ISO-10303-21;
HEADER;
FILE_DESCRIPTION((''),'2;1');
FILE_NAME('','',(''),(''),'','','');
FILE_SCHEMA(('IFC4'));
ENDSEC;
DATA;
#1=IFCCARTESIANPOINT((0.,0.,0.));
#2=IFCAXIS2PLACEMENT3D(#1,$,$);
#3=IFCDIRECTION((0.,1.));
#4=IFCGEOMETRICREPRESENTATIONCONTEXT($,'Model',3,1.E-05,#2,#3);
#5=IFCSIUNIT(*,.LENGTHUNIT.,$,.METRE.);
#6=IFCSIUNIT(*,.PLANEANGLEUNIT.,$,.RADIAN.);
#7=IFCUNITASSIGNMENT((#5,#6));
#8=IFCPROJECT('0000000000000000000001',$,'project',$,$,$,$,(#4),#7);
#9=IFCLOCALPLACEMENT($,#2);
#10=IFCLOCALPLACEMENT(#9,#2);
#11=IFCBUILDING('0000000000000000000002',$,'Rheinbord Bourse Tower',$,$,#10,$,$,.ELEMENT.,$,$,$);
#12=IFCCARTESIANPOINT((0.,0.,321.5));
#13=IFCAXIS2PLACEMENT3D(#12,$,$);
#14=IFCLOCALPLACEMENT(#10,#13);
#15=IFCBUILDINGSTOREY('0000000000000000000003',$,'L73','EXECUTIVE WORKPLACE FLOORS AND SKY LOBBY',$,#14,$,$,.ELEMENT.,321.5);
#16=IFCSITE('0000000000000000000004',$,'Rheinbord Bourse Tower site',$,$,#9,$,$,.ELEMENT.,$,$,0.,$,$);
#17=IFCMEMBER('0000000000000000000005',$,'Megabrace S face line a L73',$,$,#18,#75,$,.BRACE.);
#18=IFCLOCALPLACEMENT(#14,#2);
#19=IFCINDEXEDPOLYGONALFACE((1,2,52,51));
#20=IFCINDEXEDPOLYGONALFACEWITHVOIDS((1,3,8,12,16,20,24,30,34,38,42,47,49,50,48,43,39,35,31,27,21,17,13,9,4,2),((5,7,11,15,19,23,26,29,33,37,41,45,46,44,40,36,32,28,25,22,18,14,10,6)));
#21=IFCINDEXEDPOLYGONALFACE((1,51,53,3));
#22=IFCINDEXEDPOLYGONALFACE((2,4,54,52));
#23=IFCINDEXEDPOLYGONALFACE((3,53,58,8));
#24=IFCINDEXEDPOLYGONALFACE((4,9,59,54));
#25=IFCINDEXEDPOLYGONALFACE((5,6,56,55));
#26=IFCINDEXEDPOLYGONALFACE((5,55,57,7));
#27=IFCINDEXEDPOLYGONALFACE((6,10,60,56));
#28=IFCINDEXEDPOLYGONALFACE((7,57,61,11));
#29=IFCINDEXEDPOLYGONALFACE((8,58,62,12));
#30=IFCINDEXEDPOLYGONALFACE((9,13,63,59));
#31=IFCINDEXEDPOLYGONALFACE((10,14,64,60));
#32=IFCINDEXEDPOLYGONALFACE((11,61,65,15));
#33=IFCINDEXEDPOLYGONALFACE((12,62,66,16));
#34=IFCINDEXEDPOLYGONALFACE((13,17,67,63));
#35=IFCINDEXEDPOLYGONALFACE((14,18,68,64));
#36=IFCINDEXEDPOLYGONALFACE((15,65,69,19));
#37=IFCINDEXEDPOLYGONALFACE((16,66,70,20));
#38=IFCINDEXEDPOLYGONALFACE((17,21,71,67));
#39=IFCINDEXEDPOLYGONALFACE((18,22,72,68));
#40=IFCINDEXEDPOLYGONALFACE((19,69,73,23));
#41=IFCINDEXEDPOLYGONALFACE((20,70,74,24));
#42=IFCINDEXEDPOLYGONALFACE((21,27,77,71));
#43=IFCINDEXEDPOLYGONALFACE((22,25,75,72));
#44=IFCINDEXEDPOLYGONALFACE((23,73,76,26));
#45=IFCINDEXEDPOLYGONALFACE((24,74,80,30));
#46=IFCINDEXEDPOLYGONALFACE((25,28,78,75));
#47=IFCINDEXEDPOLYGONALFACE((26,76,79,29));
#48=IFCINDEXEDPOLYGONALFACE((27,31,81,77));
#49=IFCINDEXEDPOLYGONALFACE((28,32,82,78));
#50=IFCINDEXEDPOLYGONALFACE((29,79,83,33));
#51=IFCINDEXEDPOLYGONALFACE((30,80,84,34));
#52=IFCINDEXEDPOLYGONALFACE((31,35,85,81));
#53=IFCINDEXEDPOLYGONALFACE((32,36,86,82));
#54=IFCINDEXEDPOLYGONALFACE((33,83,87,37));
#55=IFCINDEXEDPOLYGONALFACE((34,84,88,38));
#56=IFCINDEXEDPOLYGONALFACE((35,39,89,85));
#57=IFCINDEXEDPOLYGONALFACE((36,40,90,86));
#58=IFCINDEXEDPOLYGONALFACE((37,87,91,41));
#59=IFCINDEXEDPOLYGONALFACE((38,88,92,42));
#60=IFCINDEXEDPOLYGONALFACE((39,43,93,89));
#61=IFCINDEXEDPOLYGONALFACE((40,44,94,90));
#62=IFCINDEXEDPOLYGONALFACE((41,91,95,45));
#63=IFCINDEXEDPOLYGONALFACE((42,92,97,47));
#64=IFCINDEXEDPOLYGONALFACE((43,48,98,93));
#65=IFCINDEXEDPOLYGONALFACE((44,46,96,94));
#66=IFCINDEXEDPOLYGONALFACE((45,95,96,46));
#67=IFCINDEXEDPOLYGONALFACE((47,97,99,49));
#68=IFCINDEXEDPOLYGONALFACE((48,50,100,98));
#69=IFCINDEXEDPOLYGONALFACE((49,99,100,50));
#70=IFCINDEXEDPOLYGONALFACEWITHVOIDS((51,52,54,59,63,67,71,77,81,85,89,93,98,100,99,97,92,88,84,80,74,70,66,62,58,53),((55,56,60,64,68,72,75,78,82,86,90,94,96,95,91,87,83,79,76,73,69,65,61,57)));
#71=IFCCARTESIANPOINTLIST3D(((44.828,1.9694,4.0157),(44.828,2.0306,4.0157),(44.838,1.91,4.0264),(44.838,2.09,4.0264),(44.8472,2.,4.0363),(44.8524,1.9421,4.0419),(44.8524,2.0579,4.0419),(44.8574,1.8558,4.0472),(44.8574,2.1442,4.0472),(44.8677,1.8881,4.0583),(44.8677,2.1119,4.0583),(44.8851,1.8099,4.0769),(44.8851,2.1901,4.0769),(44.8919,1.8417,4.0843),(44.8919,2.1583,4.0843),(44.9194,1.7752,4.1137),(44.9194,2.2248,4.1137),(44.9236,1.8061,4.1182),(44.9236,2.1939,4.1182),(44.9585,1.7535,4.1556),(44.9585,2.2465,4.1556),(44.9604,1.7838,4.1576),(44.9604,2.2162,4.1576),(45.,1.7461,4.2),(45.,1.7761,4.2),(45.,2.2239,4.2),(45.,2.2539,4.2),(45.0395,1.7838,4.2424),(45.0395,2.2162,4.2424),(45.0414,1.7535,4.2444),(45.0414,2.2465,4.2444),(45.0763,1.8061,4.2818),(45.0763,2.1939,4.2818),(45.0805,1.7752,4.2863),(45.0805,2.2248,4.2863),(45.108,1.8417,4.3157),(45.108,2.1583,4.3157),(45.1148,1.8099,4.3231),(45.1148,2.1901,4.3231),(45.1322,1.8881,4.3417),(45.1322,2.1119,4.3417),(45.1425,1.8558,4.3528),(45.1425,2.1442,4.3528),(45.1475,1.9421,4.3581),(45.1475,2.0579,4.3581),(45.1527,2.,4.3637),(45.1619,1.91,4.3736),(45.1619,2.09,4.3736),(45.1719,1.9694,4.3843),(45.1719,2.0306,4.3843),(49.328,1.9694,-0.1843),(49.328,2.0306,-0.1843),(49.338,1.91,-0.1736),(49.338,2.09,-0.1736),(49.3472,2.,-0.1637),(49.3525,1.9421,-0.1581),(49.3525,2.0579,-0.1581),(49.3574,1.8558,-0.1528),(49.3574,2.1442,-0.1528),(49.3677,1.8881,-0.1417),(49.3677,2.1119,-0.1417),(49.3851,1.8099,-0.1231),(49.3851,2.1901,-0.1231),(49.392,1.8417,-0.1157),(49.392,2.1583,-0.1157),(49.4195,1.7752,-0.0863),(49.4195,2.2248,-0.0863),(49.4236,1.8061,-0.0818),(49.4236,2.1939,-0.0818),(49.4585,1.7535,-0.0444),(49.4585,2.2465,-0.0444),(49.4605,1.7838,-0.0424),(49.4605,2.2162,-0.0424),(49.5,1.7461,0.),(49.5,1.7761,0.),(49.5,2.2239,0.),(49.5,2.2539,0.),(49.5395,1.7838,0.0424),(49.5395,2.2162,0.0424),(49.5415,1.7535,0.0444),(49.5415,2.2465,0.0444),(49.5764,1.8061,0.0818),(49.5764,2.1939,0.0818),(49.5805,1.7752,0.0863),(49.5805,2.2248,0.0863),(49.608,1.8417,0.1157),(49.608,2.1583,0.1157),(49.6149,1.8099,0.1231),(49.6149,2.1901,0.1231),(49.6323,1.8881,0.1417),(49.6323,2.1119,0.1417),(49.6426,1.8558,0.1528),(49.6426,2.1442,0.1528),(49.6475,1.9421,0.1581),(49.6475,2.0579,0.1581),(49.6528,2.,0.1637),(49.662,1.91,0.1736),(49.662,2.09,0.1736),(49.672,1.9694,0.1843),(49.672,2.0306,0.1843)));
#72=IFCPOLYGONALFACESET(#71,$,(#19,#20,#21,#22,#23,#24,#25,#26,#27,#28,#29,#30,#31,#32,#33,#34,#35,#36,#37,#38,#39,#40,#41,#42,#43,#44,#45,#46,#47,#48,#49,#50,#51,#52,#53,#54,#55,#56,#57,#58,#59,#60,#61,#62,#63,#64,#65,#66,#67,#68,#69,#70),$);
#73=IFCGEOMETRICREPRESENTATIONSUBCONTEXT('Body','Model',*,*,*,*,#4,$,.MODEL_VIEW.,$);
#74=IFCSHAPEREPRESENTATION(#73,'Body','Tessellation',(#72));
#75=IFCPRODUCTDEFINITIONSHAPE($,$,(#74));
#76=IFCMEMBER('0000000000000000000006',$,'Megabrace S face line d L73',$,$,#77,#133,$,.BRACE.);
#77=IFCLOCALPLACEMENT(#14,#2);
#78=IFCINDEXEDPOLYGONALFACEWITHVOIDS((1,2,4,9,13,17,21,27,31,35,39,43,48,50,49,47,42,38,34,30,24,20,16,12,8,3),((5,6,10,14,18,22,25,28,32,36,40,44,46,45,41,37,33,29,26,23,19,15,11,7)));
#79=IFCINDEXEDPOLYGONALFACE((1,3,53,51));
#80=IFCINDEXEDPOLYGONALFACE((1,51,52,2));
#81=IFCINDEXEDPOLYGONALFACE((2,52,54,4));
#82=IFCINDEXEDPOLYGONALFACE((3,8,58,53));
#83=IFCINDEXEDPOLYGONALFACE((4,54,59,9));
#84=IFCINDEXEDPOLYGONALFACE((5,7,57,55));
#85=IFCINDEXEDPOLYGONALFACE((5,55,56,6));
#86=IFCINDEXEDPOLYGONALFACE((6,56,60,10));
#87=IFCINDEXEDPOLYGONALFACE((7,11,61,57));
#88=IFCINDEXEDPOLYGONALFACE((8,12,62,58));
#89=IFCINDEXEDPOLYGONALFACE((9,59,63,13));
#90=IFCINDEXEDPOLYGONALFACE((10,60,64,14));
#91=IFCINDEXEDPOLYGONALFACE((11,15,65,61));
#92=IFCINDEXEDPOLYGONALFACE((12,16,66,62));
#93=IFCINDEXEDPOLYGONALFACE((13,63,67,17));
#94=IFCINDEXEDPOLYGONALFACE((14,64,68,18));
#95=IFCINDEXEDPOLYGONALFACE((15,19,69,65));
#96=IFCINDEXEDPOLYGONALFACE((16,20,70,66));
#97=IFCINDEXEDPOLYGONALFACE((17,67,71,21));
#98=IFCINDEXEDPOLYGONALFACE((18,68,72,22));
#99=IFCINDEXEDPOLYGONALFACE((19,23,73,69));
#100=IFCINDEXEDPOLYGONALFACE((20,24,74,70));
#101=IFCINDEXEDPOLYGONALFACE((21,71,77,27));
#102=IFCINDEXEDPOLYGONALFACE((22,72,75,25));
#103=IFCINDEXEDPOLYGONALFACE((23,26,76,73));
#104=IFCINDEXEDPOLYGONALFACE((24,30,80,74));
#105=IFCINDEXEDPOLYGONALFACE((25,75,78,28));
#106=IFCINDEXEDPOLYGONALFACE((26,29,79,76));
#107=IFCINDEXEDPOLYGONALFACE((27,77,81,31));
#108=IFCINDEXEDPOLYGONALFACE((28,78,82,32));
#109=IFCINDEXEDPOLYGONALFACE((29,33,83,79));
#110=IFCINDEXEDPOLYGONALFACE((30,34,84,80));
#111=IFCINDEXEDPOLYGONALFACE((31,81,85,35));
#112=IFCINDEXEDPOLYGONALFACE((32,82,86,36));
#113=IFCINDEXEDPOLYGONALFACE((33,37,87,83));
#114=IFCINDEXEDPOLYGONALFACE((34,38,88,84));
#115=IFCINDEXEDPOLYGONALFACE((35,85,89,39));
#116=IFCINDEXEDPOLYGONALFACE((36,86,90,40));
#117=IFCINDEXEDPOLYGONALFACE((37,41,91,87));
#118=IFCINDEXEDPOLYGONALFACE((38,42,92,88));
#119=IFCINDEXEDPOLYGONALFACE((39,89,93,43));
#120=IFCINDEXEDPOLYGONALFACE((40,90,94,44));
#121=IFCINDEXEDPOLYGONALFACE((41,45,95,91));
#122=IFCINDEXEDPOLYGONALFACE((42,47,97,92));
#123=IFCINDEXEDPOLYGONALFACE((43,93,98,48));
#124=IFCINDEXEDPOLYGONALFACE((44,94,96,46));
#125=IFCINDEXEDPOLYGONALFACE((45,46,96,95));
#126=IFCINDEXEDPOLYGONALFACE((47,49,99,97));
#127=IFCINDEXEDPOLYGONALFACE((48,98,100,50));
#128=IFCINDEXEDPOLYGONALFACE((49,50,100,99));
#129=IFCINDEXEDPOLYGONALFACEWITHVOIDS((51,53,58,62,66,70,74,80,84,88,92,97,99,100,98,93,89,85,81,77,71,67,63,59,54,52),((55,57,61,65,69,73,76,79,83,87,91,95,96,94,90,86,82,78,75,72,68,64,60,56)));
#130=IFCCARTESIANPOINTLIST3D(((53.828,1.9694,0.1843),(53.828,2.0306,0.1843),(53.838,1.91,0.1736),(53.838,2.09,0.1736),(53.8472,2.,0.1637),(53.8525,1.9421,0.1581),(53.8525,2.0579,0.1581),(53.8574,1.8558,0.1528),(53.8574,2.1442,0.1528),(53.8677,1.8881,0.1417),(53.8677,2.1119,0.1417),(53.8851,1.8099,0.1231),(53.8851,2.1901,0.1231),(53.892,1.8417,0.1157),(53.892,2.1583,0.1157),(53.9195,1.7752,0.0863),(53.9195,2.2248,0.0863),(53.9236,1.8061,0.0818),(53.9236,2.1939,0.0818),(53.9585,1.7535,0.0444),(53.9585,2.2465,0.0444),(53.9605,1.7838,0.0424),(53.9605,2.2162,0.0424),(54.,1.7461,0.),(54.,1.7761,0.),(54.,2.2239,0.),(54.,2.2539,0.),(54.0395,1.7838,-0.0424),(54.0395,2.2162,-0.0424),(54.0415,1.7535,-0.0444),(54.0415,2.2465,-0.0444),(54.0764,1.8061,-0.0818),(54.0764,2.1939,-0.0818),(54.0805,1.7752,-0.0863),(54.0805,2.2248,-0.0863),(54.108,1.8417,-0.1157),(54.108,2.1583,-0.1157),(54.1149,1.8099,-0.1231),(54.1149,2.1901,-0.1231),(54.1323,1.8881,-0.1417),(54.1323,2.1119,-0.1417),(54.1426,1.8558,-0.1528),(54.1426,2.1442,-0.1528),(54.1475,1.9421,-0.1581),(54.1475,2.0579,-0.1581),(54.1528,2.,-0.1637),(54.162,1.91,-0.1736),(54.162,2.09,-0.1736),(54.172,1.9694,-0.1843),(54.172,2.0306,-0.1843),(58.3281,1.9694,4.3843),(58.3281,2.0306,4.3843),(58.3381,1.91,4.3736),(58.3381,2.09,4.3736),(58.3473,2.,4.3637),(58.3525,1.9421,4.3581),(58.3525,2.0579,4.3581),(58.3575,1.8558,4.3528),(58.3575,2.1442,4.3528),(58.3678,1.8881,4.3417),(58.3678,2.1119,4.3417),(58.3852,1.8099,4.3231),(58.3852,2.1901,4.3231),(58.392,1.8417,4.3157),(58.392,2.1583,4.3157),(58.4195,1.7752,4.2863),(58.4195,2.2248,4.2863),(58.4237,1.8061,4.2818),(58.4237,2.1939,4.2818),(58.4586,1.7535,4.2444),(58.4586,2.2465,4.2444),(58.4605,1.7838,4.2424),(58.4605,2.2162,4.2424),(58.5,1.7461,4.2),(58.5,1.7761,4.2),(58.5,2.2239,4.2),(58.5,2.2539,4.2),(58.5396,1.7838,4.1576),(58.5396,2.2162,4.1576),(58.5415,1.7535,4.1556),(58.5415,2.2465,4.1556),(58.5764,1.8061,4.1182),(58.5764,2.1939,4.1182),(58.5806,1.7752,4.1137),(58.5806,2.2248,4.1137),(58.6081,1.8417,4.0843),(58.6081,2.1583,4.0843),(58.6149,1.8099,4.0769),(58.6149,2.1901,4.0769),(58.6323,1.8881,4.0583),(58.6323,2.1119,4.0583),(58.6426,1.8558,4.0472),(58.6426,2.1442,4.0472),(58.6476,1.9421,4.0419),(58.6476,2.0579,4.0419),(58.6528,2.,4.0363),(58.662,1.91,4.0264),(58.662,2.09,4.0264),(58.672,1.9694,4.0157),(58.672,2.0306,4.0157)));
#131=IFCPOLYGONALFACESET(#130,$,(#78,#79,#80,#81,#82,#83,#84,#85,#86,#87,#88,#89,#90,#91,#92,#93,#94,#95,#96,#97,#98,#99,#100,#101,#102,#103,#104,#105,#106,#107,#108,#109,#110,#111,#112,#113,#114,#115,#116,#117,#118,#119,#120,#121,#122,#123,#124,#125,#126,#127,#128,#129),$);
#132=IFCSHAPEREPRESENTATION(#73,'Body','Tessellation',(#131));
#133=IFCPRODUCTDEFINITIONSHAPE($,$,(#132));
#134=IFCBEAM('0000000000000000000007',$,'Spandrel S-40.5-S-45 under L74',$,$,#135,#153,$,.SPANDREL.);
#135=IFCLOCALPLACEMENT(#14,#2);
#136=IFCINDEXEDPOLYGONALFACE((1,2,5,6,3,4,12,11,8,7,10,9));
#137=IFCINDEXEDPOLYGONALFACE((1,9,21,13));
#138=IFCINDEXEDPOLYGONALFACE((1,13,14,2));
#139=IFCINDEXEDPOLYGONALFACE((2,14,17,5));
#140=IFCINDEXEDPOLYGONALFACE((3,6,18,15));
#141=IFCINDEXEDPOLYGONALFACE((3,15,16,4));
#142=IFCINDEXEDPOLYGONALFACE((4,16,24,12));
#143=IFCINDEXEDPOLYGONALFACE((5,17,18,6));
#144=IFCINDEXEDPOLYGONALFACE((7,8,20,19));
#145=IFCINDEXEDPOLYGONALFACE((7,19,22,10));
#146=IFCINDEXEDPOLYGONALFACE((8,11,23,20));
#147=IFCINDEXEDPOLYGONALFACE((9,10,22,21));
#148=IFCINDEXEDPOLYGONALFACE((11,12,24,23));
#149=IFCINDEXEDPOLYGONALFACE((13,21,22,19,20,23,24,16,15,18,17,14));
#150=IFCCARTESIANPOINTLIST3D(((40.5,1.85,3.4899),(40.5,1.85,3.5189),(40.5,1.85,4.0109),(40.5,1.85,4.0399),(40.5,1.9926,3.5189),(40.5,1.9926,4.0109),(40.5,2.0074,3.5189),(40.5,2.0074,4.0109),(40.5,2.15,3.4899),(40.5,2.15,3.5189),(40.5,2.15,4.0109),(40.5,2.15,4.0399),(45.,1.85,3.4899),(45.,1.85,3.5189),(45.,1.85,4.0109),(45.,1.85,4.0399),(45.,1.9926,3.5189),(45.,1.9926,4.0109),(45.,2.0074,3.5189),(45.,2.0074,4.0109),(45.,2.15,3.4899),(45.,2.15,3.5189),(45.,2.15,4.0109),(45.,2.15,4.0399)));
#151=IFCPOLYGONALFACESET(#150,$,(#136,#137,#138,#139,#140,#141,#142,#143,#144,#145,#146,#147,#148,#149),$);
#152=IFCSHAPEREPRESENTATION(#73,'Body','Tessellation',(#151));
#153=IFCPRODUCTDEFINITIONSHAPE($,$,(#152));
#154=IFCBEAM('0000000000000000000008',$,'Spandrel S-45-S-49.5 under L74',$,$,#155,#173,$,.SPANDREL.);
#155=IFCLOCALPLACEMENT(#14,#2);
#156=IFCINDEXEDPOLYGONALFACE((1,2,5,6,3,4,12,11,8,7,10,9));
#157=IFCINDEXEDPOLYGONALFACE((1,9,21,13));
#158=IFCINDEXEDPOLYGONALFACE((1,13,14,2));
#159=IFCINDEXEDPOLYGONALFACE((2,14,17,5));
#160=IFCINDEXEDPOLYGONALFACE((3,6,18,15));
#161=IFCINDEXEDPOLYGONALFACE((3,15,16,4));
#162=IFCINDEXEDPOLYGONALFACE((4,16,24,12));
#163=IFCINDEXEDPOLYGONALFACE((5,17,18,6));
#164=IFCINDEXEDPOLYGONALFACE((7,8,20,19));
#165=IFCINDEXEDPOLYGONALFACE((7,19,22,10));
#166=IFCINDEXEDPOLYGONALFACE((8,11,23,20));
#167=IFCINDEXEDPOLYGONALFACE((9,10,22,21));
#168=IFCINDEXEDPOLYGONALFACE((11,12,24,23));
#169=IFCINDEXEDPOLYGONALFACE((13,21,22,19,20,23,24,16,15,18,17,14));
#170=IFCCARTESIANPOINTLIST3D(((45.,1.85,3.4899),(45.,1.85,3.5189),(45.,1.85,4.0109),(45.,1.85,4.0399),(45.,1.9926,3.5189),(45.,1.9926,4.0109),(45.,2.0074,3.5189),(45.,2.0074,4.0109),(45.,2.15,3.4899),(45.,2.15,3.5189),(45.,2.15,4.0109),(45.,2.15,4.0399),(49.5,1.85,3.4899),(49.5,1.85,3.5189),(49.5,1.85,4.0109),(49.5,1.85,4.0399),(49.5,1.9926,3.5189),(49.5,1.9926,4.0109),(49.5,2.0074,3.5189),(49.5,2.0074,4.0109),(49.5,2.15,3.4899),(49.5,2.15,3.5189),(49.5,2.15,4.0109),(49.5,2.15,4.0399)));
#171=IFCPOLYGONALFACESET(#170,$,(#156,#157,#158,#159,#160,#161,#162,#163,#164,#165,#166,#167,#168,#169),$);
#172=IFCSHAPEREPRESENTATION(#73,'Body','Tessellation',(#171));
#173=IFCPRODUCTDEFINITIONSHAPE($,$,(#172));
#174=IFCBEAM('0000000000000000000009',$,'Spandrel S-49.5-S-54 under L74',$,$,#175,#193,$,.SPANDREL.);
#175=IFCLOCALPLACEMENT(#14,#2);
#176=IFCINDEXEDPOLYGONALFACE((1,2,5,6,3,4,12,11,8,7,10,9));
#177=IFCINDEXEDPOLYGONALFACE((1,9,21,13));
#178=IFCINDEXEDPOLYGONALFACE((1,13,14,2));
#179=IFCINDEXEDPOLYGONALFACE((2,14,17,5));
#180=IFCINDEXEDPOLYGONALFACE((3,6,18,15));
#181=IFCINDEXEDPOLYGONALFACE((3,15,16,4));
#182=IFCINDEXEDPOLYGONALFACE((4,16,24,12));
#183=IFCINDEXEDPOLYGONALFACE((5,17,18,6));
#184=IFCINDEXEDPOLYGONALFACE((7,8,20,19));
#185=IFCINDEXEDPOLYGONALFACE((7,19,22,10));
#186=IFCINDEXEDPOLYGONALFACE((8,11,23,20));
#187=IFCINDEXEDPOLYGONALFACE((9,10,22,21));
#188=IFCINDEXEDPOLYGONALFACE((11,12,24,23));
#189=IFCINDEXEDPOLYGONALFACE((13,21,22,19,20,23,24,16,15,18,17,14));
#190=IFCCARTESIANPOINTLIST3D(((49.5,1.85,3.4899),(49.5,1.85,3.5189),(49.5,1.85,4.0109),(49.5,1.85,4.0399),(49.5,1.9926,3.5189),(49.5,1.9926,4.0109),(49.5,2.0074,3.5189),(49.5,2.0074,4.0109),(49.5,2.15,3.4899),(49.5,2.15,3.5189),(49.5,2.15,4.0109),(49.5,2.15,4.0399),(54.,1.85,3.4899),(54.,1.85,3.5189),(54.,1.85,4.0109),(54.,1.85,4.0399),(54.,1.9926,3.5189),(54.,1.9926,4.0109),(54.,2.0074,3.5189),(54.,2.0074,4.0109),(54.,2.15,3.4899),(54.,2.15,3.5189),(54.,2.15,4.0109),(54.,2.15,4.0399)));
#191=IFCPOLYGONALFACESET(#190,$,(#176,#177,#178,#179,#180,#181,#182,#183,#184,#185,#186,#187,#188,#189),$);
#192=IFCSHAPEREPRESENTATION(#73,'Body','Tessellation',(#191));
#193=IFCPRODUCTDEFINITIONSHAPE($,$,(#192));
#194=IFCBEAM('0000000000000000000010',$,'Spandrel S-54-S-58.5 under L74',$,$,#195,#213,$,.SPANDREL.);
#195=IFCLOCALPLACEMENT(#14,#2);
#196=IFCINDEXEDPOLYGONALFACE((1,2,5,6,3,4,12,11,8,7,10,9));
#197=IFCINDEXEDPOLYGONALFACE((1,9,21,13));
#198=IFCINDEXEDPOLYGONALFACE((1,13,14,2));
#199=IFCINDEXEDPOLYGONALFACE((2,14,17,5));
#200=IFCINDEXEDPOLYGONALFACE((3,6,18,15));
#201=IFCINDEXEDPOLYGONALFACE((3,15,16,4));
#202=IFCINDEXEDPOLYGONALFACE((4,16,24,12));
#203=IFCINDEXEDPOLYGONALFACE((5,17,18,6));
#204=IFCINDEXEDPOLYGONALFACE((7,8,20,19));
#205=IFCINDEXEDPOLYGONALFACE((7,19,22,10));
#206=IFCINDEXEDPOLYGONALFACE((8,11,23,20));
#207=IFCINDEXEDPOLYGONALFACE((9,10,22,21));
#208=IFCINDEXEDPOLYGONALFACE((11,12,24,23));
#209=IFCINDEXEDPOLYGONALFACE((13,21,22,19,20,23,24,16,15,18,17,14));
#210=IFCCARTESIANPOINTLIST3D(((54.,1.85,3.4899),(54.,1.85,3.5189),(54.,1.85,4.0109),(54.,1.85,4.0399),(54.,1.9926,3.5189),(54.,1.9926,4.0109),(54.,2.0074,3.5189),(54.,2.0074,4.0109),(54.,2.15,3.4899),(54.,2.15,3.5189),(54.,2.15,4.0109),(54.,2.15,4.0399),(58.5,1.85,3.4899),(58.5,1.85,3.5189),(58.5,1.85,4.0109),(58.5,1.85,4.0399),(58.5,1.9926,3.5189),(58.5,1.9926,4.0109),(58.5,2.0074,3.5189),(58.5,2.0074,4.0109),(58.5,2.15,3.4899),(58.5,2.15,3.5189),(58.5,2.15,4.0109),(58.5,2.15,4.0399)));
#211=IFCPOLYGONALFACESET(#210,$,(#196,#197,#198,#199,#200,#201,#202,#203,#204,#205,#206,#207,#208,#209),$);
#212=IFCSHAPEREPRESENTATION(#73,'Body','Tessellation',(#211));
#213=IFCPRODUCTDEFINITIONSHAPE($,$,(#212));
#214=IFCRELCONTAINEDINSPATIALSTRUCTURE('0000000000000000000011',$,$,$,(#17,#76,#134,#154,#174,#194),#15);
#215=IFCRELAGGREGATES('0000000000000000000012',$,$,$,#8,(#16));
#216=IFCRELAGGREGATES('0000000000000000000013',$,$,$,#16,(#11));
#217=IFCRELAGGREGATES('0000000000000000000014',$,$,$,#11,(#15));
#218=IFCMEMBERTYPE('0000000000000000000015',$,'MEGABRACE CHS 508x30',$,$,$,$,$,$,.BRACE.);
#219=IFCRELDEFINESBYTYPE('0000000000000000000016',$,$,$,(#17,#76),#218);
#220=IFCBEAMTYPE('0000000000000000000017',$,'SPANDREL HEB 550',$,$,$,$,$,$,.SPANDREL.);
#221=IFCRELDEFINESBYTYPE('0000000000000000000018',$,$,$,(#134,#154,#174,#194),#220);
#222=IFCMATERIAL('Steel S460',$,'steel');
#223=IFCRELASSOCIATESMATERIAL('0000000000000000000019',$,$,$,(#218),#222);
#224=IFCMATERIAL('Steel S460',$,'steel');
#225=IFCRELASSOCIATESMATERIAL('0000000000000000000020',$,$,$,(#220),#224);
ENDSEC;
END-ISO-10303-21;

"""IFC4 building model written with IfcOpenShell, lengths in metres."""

from ifc_helpers import new_model, si_unit, direction, frame, origin, origin_2d, place, context, subcontext, project, spatial, hollow_circle, i_section, extrude, material, material_profile, profile_set, type_object, element, save


model = new_model("IFC4")

# Units and contexts
model_context = context("Model", 3, precision=1e-05, world=origin(), true_north=direction((0.0, 1.0)))
body_context = subcontext(model_context, "Body", "Model", "MODEL_VIEW")
ifc_project = project(units=[si_unit("LENGTHUNIT", "METRE"), si_unit("PLANEANGLEUNIT", "RADIAN")], contexts=[model_context])

# Site, building, storey
site_placement = place(None, origin())
site = spatial("IfcSite", under=ifc_project, at=site_placement, Name="Rheinbord Bourse Tower site", CompositionType="ELEMENT", RefElevation=0.0)
building_placement = place(site_placement, origin())
building = spatial("IfcBuilding", under=site, at=building_placement, Name="Rheinbord Bourse Tower", CompositionType="ELEMENT")
storey_placement = place(building_placement, frame((0.0, 0.0, 321.5)))
storey = spatial("IfcBuildingStorey", under=building, at=storey_placement, Name="L73", Description="EXECUTIVE WORKPLACE FLOORS AND SKY LOBBY", CompositionType="ELEMENT", Elevation=321.5)

# Members
ifc_material_1 = material(Name="Steel S460", Category="steel")
ifc_material_profile_1 = material_profile(ifc_material_1, hollow_circle(Radius=0.2539, WallThickness=0.03, at=origin_2d()), Name="CHS 508x30")
ifc_profile_set_1 = profile_set([ifc_material_profile_1], Name="Steel S460")
member_type_1 = type_object("IfcMemberType", Name="MEGABRACE CHS 508x30", PredefinedType="BRACE", material=ifc_profile_set_1)
for number, where, z_axis, x_axis, name in (
    (1, (49.5, 2.0, 0.0), (-0.731059, 0.0, 0.682314), (0.0, -1.0, 0.0), "Megabrace S face line a L73"),
    (2, (54.0, 2.0, 0.0), (0.731059, 0.0, 0.682314), (0.0, 1.0, 0.0), "Megabrace S face line d L73"),
):
    element("IfcMember", number, at=place(storey_placement, frame(where, z_axis=z_axis, x_axis=x_axis)), inside=storey, type_object=member_type_1, Name=name, PredefinedType="BRACE", context=body_context, shape_type="SweptSolid", body=[
        extrude(hollow_circle(Radius=0.2539, WallThickness=0.03, at=origin_2d()), origin(), (0.0, 0.0, 1.0), 6.1555),
    ])

# Beams
ifc_material_2 = material(Name="Steel S460", Category="steel")
ifc_material_profile_2 = material_profile(ifc_material_2, i_section(OverallWidth=0.3, OverallDepth=0.55, WebThickness=0.0149, FlangeThickness=0.0291, at=origin_2d()), Name="HEB 550")
ifc_profile_set_2 = profile_set([ifc_material_profile_2], Name="Steel S460")
beam_type_1 = type_object("IfcBeamType", Name="SPANDREL HEB 550", PredefinedType="SPANDREL", material=ifc_profile_set_2)
for number, where, z_axis, x_axis, name in (
    (3, (40.5, 2.0, 3.7649), (1.0, 0.0, 0.0), (0.0, 1.0, 0.0), "Spandrel S-40.5-S-45 under L74"),
    (4, (45.0, 2.0, 3.7649), (1.0, 0.0, 0.0), (0.0, 1.0, 0.0), "Spandrel S-45-S-49.5 under L74"),
    (5, (49.5, 2.0, 3.7649), (1.0, 0.0, 0.0), (0.0, 1.0, 0.0), "Spandrel S-49.5-S-54 under L74"),
    (6, (54.0, 2.0, 3.7649), (1.0, 0.0, 0.0), (0.0, 1.0, 0.0), "Spandrel S-54-S-58.5 under L74"),
):
    element("IfcBeam", number, at=place(storey_placement, frame(where, z_axis=z_axis, x_axis=x_axis)), inside=storey, type_object=beam_type_1, Name=name, PredefinedType="SPANDREL", context=body_context, shape_type="SweptSolid", body=[
        extrude(i_section(OverallWidth=0.3, OverallDepth=0.55, WebThickness=0.0149, FlangeThickness=0.0291, at=origin_2d()), origin(), (0.0, 0.0, 1.0), 4.5),
    ])

save(model, "model.ifc")
